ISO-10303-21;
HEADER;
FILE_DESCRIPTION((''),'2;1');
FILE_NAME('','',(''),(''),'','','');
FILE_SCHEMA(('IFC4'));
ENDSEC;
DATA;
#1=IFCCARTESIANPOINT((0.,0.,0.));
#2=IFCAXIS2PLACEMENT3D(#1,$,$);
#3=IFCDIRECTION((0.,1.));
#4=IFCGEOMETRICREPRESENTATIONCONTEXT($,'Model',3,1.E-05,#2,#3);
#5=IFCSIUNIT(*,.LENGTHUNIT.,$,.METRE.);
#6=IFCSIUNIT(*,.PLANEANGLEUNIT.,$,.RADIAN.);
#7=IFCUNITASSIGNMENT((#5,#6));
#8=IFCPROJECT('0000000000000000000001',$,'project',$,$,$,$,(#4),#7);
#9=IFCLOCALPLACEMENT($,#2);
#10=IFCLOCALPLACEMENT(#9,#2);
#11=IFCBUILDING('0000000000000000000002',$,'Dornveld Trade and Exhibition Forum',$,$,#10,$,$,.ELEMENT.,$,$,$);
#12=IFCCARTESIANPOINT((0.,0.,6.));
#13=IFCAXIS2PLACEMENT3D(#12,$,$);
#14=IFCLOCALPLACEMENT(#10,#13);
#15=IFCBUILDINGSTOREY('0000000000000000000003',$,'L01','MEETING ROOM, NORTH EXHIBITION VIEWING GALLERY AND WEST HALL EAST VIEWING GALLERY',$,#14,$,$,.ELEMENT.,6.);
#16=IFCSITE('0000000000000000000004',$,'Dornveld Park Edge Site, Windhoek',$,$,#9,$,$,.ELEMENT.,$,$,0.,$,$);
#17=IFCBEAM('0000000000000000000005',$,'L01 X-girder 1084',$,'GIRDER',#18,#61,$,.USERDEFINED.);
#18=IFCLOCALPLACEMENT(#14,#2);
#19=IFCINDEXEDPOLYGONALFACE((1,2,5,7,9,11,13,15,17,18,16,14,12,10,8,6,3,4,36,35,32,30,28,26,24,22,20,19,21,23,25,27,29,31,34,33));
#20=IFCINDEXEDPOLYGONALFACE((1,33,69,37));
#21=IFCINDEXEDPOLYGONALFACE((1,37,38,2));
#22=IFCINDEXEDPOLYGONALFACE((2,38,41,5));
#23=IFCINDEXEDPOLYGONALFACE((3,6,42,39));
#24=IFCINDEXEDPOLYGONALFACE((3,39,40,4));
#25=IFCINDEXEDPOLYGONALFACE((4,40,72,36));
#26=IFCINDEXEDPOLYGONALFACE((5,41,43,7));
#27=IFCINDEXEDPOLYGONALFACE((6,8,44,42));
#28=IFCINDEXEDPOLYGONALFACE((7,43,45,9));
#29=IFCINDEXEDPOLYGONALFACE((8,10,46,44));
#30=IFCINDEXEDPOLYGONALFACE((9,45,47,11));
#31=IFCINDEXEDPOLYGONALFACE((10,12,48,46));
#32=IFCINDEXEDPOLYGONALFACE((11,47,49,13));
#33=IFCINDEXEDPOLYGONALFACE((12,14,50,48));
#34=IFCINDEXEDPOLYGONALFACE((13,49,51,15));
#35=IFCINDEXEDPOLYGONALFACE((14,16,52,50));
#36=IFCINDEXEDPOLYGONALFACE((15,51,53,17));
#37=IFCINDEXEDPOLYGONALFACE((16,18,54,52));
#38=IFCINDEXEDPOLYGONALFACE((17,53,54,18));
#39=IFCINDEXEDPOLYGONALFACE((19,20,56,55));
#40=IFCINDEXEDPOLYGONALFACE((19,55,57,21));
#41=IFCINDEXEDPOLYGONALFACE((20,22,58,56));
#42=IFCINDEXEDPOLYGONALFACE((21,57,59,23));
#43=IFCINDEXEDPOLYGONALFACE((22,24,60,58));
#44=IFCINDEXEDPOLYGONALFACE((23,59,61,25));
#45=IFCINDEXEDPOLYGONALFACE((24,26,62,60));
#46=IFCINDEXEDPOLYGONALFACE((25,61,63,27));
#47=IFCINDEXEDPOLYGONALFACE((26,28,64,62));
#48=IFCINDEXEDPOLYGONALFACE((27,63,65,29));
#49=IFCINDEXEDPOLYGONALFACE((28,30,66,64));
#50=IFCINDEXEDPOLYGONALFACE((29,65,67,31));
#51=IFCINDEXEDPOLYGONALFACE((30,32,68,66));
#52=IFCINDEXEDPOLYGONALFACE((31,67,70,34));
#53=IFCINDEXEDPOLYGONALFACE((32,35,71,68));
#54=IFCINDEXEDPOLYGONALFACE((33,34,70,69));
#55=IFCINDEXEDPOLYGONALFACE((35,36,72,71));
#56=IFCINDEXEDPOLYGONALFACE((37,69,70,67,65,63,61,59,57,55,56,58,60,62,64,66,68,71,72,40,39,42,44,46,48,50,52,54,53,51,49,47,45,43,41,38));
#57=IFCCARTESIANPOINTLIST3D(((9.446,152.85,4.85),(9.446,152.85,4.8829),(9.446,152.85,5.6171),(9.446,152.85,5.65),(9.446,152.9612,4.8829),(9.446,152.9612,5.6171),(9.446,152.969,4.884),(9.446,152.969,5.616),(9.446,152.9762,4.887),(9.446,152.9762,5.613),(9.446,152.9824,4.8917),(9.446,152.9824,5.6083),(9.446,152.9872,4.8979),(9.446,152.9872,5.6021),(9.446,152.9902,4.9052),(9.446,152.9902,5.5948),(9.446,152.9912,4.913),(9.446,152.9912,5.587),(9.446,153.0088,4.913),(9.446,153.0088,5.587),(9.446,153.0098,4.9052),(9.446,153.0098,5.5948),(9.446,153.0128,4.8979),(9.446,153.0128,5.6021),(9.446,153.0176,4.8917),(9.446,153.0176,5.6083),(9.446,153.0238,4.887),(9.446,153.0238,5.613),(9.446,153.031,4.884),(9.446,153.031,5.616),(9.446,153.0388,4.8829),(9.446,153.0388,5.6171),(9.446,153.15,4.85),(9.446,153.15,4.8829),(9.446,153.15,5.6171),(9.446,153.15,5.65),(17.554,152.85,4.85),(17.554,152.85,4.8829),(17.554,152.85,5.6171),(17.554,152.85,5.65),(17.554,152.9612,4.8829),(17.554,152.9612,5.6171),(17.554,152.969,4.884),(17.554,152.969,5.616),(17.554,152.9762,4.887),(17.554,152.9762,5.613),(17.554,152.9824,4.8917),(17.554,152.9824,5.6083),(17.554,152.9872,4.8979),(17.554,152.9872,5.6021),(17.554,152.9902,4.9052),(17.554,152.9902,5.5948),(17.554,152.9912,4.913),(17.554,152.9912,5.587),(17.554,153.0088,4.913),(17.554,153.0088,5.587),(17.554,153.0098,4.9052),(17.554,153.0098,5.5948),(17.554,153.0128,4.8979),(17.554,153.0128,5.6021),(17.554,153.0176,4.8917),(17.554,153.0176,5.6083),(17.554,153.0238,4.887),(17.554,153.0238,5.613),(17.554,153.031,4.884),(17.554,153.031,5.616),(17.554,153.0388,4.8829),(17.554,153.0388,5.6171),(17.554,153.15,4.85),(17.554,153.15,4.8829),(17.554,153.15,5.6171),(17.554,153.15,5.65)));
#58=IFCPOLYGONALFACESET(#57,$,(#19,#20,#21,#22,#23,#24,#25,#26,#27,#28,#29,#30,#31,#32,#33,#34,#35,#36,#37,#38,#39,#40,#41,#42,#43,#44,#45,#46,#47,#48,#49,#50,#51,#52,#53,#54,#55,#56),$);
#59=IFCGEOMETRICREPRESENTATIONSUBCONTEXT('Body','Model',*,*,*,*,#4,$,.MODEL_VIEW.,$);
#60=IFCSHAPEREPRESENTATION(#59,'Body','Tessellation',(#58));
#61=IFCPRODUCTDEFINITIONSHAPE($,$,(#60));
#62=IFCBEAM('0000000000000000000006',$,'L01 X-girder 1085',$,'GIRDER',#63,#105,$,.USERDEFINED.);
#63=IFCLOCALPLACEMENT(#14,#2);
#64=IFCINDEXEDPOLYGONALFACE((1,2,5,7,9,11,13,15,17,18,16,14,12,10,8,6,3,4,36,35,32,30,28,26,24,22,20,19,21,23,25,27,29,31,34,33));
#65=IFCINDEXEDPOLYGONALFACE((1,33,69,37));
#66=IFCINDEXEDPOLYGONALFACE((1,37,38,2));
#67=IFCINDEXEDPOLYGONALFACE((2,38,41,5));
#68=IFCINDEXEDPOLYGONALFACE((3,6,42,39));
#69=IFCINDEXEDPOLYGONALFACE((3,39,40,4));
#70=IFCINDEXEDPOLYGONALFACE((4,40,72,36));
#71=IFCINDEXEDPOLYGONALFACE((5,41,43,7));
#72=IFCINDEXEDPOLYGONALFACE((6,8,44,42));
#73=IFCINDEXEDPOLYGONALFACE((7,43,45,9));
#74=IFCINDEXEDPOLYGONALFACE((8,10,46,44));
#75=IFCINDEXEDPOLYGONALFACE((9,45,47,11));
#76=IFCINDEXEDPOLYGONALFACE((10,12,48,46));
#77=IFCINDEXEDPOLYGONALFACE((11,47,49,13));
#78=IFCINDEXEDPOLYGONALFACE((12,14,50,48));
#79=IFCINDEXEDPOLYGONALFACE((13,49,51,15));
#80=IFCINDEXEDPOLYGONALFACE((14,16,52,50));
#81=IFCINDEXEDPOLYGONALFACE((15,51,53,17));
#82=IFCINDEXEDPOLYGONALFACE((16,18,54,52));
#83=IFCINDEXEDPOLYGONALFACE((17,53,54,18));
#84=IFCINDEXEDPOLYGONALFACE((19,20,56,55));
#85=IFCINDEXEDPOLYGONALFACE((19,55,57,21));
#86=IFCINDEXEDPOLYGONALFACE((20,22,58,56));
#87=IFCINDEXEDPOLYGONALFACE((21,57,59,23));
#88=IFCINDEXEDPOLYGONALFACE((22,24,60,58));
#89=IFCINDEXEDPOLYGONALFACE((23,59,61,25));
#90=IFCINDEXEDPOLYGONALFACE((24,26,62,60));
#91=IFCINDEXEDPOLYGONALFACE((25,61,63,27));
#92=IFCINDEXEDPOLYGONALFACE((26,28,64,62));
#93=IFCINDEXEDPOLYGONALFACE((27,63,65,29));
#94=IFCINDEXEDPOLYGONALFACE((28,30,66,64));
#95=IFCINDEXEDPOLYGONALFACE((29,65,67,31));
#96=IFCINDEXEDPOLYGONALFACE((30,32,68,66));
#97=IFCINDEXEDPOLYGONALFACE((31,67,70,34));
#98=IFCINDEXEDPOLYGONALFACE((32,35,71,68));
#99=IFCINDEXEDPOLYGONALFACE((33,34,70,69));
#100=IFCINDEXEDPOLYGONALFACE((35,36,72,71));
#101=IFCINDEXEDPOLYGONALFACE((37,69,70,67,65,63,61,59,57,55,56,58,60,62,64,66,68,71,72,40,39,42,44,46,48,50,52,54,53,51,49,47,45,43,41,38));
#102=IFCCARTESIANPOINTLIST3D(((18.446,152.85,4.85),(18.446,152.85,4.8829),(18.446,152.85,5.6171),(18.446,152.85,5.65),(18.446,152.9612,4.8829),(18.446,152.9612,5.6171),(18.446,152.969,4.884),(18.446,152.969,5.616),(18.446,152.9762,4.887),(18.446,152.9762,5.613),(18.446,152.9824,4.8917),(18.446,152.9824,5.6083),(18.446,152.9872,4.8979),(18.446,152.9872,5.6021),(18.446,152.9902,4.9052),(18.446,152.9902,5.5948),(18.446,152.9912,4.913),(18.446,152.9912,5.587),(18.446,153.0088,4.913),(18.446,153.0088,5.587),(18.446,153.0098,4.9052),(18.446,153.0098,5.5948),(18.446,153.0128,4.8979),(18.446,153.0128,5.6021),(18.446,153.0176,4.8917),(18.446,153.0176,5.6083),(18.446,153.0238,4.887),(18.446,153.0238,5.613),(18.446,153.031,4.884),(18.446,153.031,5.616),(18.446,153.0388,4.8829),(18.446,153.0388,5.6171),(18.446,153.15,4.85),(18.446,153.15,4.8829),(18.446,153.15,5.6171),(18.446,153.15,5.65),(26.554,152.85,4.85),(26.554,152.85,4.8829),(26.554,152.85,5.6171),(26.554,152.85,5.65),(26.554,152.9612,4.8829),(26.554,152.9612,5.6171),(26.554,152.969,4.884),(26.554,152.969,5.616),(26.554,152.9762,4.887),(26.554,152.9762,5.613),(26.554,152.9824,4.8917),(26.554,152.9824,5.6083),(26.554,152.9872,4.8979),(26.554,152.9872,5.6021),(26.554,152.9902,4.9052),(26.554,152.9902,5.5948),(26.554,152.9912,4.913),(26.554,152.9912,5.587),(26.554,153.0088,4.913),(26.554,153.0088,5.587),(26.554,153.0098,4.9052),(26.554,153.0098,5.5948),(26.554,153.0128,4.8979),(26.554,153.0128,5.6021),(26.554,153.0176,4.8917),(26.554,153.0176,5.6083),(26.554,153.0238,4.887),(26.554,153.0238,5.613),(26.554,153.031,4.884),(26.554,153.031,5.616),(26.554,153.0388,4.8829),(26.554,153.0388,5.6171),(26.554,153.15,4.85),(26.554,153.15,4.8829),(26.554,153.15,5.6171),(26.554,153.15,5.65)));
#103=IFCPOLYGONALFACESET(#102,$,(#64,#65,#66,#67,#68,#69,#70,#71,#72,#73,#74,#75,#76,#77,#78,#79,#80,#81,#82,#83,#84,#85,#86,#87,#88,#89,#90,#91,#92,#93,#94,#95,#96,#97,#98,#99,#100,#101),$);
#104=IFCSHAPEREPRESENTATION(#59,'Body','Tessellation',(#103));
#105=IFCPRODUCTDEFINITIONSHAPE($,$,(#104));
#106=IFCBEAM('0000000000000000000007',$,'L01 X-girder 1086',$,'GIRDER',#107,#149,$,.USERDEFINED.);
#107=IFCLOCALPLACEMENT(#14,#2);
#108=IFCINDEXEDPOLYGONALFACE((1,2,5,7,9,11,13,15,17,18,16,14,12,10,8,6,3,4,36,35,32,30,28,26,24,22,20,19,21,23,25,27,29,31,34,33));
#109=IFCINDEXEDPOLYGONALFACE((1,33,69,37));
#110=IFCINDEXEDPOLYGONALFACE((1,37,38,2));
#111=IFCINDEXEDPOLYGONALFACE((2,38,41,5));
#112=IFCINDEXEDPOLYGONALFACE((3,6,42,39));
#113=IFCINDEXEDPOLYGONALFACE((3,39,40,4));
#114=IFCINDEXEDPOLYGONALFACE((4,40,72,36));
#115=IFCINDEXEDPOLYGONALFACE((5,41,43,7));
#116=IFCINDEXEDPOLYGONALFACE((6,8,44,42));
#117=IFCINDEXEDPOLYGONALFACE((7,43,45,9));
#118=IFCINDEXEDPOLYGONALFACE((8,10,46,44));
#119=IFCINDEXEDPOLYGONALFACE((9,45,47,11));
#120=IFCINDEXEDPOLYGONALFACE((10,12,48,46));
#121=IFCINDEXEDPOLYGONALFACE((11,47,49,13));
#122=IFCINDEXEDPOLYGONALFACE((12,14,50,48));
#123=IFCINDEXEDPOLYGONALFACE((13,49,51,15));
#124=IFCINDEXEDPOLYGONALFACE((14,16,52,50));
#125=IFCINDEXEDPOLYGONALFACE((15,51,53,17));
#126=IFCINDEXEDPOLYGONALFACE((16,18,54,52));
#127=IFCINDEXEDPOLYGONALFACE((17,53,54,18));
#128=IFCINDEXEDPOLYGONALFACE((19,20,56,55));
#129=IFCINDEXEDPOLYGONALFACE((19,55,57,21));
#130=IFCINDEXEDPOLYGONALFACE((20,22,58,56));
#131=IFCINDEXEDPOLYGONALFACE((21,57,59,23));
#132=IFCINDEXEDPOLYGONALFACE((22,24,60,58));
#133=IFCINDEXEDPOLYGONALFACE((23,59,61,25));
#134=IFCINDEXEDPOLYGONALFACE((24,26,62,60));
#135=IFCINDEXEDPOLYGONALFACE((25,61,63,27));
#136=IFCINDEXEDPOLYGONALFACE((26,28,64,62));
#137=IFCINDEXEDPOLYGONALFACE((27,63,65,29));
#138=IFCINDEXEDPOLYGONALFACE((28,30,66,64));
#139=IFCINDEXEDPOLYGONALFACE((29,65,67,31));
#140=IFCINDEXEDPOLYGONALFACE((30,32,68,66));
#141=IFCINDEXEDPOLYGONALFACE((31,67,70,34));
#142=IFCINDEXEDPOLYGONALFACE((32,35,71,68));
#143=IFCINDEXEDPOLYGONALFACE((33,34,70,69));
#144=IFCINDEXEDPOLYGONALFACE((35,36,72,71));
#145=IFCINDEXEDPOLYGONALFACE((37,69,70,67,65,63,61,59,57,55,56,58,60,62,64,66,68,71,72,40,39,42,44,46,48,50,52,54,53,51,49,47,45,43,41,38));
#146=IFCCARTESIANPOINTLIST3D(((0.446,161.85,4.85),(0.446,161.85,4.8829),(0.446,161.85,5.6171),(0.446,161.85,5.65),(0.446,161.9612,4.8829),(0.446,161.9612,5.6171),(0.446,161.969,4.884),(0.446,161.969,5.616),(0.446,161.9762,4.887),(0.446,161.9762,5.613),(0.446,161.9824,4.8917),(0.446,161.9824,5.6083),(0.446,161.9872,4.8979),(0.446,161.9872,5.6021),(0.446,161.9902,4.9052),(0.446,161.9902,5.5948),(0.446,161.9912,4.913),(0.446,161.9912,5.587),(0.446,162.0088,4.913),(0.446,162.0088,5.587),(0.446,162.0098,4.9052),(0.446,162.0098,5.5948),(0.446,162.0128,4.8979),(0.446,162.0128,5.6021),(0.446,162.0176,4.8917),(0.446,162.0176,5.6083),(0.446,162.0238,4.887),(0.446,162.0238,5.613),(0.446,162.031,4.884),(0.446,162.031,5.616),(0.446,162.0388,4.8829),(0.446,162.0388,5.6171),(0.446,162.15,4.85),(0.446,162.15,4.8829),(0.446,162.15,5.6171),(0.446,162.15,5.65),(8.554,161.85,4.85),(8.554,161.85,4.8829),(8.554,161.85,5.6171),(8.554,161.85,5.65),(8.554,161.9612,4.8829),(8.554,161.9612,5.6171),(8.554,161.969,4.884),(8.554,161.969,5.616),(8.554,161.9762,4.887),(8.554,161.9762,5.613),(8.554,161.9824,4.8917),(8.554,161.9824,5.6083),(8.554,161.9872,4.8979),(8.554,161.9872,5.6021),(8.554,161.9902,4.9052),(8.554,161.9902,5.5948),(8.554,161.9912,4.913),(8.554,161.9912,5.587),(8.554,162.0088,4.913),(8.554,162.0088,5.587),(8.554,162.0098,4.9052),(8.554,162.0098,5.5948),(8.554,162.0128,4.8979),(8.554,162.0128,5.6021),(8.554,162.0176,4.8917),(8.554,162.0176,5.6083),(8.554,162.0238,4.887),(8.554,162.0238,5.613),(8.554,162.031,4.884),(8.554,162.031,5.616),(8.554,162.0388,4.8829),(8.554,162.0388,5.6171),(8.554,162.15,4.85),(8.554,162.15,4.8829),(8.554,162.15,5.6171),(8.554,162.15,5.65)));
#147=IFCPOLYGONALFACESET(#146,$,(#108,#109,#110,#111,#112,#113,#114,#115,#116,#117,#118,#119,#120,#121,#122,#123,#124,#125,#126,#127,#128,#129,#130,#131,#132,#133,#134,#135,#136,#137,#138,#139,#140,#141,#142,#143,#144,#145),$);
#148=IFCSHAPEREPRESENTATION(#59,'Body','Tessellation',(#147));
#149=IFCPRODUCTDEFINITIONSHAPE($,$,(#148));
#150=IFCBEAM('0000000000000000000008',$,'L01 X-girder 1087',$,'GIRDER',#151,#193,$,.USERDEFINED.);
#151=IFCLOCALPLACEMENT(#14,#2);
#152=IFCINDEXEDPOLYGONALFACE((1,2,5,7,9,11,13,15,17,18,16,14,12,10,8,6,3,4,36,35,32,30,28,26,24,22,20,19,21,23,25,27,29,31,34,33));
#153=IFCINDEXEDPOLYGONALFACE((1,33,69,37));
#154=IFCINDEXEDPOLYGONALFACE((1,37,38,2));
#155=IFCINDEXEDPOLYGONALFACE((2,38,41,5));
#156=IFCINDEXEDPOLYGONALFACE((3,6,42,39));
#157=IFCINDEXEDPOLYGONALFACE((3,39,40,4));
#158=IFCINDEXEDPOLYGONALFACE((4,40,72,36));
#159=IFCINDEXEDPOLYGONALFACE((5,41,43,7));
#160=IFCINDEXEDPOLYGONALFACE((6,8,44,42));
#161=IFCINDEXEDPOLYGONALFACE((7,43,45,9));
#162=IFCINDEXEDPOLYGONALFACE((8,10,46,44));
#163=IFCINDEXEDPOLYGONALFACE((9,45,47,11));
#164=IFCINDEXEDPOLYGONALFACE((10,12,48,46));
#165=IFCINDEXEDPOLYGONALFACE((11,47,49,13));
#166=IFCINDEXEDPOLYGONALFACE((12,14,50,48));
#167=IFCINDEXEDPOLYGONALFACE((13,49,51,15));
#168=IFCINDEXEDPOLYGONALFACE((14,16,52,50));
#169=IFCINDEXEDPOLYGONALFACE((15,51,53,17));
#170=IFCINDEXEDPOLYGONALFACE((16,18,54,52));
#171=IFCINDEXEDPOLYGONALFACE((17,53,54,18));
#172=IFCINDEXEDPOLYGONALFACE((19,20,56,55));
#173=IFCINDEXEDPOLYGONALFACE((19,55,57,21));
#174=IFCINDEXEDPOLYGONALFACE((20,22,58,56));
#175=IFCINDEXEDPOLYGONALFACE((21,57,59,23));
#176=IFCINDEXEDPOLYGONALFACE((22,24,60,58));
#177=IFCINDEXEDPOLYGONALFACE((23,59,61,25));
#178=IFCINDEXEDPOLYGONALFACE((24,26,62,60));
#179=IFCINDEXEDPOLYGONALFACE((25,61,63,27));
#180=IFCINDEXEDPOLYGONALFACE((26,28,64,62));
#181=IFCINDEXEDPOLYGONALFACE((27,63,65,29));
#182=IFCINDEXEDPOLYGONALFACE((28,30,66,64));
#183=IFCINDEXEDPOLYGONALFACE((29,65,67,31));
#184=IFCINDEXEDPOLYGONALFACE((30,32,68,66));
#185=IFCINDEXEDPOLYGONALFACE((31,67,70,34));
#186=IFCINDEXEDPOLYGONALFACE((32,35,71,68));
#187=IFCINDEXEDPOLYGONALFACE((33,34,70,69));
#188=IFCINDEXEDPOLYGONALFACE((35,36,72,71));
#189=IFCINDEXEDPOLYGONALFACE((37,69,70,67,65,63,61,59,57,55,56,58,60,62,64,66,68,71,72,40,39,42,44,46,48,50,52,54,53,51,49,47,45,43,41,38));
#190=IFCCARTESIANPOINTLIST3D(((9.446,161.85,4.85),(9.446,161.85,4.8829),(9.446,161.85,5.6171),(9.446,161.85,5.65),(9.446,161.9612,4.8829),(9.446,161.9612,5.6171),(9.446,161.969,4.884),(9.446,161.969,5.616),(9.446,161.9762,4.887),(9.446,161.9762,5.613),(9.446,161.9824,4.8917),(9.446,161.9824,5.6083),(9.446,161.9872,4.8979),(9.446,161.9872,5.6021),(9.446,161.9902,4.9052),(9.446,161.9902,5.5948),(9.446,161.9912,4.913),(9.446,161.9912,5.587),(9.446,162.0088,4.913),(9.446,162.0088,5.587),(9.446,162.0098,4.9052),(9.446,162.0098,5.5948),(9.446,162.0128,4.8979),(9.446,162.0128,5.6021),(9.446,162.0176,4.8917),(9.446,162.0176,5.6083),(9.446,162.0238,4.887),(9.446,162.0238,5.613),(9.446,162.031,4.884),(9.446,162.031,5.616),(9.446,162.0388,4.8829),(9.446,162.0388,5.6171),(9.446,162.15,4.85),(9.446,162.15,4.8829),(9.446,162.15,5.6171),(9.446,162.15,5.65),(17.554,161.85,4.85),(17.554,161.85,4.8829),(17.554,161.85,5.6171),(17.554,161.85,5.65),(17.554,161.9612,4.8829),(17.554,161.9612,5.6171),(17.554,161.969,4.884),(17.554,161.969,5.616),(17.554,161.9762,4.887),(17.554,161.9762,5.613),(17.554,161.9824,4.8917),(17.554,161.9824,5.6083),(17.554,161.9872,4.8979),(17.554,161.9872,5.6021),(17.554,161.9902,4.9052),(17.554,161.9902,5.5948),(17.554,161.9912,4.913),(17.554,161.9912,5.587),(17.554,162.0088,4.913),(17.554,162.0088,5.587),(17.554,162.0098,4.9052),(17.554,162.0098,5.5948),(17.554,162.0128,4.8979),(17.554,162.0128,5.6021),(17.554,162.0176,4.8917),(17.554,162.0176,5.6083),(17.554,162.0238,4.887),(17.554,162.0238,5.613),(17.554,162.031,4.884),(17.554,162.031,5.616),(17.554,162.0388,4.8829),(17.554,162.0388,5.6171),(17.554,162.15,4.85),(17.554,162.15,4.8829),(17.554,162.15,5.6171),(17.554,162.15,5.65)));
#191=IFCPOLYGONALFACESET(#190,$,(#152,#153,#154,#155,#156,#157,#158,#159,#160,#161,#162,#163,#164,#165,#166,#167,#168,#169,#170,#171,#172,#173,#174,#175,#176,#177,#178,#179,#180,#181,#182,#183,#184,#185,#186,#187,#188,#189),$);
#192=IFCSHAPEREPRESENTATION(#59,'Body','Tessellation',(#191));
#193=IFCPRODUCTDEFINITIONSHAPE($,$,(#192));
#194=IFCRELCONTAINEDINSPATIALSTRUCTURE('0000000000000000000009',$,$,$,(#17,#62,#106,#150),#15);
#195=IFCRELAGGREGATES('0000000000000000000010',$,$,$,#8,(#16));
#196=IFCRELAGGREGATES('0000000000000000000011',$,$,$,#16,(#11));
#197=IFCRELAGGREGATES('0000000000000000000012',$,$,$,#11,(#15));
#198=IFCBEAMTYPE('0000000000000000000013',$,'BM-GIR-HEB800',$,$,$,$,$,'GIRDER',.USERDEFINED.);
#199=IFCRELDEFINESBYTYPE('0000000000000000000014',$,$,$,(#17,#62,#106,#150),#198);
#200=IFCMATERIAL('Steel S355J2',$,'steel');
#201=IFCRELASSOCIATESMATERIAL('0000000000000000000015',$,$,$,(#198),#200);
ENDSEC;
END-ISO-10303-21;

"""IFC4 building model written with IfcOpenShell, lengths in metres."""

from ifc_helpers import new_model, si_unit, direction, frame, origin, origin_2d, place, context, subcontext, project, spatial, i_section, extrude, material, material_profile, profile_set, type_object, element, save


model = new_model("IFC4")

# Units and contexts
model_context = context("Model", 3, precision=1e-05, world=origin(), true_north=direction((0.0, 1.0)))
body_context = subcontext(model_context, "Body", "Model", "MODEL_VIEW")
ifc_project = project(units=[si_unit("LENGTHUNIT", "METRE"), si_unit("PLANEANGLEUNIT", "RADIAN")], contexts=[model_context])

# Site, building, storey
site_placement = place(None, origin())
site = spatial("IfcSite", under=ifc_project, at=site_placement, Name="Dornveld Park Edge Site, Windhoek", CompositionType="ELEMENT", RefElevation=0.0)
building_placement = place(site_placement, origin())
building = spatial("IfcBuilding", under=site, at=building_placement, Name="Dornveld Trade and Exhibition Forum", CompositionType="ELEMENT")
storey_placement = place(building_placement, frame((0.0, 0.0, 6.0)))
storey = spatial("IfcBuildingStorey", under=building, at=storey_placement, Name="L01", Description="MEETING ROOM, NORTH EXHIBITION VIEWING GALLERY AND WEST HALL EAST VIEWING GALLERY", CompositionType="ELEMENT", Elevation=6.0)

# Beams
ifc_material_1 = material(Name="Steel S355J2", Category="steel")
ifc_material_profile_1 = material_profile(ifc_material_1, i_section(OverallWidth=0.3, OverallDepth=0.8, WebThickness=0.0176, FlangeThickness=0.033, FilletRadius=0.03, at=origin_2d()), Name="HEB 800")
ifc_profile_set_1 = profile_set([ifc_material_profile_1], Name="Steel S355J2")
beam_type_1 = type_object("IfcBeamType", Name="BM-GIR-HEB800", ElementType="GIRDER", PredefinedType="USERDEFINED", material=ifc_profile_set_1)
for number, where, z_axis, x_axis, name in (
    (1, (9.446, 153.0, 5.25), (1.0, 0.0, 0.0), (0.0, 1.0, 0.0), "L01 X-girder 1084"),
    (2, (18.446, 153.0, 5.25), (1.0, 0.0, 0.0), (0.0, 1.0, 0.0), "L01 X-girder 1085"),
    (3, (0.446, 162.0, 5.25), (1.0, 0.0, 0.0), (0.0, 1.0, 0.0), "L01 X-girder 1086"),
    (4, (9.446, 162.0, 5.25), (1.0, 0.0, 0.0), (0.0, 1.0, 0.0), "L01 X-girder 1087"),
):
    element("IfcBeam", number, at=place(storey_placement, frame(where, z_axis=z_axis, x_axis=x_axis)), inside=storey, type_object=beam_type_1, Name=name, ObjectType="GIRDER", PredefinedType="USERDEFINED", context=body_context, shape_type="SweptSolid", body=[
        extrude(i_section(OverallWidth=0.3, OverallDepth=0.8, WebThickness=0.0176, FlangeThickness=0.033, FilletRadius=0.03, at=origin_2d()), origin(), (0.0, 0.0, 1.0), 8.1079),
    ])

save(model, "model.ifc")
